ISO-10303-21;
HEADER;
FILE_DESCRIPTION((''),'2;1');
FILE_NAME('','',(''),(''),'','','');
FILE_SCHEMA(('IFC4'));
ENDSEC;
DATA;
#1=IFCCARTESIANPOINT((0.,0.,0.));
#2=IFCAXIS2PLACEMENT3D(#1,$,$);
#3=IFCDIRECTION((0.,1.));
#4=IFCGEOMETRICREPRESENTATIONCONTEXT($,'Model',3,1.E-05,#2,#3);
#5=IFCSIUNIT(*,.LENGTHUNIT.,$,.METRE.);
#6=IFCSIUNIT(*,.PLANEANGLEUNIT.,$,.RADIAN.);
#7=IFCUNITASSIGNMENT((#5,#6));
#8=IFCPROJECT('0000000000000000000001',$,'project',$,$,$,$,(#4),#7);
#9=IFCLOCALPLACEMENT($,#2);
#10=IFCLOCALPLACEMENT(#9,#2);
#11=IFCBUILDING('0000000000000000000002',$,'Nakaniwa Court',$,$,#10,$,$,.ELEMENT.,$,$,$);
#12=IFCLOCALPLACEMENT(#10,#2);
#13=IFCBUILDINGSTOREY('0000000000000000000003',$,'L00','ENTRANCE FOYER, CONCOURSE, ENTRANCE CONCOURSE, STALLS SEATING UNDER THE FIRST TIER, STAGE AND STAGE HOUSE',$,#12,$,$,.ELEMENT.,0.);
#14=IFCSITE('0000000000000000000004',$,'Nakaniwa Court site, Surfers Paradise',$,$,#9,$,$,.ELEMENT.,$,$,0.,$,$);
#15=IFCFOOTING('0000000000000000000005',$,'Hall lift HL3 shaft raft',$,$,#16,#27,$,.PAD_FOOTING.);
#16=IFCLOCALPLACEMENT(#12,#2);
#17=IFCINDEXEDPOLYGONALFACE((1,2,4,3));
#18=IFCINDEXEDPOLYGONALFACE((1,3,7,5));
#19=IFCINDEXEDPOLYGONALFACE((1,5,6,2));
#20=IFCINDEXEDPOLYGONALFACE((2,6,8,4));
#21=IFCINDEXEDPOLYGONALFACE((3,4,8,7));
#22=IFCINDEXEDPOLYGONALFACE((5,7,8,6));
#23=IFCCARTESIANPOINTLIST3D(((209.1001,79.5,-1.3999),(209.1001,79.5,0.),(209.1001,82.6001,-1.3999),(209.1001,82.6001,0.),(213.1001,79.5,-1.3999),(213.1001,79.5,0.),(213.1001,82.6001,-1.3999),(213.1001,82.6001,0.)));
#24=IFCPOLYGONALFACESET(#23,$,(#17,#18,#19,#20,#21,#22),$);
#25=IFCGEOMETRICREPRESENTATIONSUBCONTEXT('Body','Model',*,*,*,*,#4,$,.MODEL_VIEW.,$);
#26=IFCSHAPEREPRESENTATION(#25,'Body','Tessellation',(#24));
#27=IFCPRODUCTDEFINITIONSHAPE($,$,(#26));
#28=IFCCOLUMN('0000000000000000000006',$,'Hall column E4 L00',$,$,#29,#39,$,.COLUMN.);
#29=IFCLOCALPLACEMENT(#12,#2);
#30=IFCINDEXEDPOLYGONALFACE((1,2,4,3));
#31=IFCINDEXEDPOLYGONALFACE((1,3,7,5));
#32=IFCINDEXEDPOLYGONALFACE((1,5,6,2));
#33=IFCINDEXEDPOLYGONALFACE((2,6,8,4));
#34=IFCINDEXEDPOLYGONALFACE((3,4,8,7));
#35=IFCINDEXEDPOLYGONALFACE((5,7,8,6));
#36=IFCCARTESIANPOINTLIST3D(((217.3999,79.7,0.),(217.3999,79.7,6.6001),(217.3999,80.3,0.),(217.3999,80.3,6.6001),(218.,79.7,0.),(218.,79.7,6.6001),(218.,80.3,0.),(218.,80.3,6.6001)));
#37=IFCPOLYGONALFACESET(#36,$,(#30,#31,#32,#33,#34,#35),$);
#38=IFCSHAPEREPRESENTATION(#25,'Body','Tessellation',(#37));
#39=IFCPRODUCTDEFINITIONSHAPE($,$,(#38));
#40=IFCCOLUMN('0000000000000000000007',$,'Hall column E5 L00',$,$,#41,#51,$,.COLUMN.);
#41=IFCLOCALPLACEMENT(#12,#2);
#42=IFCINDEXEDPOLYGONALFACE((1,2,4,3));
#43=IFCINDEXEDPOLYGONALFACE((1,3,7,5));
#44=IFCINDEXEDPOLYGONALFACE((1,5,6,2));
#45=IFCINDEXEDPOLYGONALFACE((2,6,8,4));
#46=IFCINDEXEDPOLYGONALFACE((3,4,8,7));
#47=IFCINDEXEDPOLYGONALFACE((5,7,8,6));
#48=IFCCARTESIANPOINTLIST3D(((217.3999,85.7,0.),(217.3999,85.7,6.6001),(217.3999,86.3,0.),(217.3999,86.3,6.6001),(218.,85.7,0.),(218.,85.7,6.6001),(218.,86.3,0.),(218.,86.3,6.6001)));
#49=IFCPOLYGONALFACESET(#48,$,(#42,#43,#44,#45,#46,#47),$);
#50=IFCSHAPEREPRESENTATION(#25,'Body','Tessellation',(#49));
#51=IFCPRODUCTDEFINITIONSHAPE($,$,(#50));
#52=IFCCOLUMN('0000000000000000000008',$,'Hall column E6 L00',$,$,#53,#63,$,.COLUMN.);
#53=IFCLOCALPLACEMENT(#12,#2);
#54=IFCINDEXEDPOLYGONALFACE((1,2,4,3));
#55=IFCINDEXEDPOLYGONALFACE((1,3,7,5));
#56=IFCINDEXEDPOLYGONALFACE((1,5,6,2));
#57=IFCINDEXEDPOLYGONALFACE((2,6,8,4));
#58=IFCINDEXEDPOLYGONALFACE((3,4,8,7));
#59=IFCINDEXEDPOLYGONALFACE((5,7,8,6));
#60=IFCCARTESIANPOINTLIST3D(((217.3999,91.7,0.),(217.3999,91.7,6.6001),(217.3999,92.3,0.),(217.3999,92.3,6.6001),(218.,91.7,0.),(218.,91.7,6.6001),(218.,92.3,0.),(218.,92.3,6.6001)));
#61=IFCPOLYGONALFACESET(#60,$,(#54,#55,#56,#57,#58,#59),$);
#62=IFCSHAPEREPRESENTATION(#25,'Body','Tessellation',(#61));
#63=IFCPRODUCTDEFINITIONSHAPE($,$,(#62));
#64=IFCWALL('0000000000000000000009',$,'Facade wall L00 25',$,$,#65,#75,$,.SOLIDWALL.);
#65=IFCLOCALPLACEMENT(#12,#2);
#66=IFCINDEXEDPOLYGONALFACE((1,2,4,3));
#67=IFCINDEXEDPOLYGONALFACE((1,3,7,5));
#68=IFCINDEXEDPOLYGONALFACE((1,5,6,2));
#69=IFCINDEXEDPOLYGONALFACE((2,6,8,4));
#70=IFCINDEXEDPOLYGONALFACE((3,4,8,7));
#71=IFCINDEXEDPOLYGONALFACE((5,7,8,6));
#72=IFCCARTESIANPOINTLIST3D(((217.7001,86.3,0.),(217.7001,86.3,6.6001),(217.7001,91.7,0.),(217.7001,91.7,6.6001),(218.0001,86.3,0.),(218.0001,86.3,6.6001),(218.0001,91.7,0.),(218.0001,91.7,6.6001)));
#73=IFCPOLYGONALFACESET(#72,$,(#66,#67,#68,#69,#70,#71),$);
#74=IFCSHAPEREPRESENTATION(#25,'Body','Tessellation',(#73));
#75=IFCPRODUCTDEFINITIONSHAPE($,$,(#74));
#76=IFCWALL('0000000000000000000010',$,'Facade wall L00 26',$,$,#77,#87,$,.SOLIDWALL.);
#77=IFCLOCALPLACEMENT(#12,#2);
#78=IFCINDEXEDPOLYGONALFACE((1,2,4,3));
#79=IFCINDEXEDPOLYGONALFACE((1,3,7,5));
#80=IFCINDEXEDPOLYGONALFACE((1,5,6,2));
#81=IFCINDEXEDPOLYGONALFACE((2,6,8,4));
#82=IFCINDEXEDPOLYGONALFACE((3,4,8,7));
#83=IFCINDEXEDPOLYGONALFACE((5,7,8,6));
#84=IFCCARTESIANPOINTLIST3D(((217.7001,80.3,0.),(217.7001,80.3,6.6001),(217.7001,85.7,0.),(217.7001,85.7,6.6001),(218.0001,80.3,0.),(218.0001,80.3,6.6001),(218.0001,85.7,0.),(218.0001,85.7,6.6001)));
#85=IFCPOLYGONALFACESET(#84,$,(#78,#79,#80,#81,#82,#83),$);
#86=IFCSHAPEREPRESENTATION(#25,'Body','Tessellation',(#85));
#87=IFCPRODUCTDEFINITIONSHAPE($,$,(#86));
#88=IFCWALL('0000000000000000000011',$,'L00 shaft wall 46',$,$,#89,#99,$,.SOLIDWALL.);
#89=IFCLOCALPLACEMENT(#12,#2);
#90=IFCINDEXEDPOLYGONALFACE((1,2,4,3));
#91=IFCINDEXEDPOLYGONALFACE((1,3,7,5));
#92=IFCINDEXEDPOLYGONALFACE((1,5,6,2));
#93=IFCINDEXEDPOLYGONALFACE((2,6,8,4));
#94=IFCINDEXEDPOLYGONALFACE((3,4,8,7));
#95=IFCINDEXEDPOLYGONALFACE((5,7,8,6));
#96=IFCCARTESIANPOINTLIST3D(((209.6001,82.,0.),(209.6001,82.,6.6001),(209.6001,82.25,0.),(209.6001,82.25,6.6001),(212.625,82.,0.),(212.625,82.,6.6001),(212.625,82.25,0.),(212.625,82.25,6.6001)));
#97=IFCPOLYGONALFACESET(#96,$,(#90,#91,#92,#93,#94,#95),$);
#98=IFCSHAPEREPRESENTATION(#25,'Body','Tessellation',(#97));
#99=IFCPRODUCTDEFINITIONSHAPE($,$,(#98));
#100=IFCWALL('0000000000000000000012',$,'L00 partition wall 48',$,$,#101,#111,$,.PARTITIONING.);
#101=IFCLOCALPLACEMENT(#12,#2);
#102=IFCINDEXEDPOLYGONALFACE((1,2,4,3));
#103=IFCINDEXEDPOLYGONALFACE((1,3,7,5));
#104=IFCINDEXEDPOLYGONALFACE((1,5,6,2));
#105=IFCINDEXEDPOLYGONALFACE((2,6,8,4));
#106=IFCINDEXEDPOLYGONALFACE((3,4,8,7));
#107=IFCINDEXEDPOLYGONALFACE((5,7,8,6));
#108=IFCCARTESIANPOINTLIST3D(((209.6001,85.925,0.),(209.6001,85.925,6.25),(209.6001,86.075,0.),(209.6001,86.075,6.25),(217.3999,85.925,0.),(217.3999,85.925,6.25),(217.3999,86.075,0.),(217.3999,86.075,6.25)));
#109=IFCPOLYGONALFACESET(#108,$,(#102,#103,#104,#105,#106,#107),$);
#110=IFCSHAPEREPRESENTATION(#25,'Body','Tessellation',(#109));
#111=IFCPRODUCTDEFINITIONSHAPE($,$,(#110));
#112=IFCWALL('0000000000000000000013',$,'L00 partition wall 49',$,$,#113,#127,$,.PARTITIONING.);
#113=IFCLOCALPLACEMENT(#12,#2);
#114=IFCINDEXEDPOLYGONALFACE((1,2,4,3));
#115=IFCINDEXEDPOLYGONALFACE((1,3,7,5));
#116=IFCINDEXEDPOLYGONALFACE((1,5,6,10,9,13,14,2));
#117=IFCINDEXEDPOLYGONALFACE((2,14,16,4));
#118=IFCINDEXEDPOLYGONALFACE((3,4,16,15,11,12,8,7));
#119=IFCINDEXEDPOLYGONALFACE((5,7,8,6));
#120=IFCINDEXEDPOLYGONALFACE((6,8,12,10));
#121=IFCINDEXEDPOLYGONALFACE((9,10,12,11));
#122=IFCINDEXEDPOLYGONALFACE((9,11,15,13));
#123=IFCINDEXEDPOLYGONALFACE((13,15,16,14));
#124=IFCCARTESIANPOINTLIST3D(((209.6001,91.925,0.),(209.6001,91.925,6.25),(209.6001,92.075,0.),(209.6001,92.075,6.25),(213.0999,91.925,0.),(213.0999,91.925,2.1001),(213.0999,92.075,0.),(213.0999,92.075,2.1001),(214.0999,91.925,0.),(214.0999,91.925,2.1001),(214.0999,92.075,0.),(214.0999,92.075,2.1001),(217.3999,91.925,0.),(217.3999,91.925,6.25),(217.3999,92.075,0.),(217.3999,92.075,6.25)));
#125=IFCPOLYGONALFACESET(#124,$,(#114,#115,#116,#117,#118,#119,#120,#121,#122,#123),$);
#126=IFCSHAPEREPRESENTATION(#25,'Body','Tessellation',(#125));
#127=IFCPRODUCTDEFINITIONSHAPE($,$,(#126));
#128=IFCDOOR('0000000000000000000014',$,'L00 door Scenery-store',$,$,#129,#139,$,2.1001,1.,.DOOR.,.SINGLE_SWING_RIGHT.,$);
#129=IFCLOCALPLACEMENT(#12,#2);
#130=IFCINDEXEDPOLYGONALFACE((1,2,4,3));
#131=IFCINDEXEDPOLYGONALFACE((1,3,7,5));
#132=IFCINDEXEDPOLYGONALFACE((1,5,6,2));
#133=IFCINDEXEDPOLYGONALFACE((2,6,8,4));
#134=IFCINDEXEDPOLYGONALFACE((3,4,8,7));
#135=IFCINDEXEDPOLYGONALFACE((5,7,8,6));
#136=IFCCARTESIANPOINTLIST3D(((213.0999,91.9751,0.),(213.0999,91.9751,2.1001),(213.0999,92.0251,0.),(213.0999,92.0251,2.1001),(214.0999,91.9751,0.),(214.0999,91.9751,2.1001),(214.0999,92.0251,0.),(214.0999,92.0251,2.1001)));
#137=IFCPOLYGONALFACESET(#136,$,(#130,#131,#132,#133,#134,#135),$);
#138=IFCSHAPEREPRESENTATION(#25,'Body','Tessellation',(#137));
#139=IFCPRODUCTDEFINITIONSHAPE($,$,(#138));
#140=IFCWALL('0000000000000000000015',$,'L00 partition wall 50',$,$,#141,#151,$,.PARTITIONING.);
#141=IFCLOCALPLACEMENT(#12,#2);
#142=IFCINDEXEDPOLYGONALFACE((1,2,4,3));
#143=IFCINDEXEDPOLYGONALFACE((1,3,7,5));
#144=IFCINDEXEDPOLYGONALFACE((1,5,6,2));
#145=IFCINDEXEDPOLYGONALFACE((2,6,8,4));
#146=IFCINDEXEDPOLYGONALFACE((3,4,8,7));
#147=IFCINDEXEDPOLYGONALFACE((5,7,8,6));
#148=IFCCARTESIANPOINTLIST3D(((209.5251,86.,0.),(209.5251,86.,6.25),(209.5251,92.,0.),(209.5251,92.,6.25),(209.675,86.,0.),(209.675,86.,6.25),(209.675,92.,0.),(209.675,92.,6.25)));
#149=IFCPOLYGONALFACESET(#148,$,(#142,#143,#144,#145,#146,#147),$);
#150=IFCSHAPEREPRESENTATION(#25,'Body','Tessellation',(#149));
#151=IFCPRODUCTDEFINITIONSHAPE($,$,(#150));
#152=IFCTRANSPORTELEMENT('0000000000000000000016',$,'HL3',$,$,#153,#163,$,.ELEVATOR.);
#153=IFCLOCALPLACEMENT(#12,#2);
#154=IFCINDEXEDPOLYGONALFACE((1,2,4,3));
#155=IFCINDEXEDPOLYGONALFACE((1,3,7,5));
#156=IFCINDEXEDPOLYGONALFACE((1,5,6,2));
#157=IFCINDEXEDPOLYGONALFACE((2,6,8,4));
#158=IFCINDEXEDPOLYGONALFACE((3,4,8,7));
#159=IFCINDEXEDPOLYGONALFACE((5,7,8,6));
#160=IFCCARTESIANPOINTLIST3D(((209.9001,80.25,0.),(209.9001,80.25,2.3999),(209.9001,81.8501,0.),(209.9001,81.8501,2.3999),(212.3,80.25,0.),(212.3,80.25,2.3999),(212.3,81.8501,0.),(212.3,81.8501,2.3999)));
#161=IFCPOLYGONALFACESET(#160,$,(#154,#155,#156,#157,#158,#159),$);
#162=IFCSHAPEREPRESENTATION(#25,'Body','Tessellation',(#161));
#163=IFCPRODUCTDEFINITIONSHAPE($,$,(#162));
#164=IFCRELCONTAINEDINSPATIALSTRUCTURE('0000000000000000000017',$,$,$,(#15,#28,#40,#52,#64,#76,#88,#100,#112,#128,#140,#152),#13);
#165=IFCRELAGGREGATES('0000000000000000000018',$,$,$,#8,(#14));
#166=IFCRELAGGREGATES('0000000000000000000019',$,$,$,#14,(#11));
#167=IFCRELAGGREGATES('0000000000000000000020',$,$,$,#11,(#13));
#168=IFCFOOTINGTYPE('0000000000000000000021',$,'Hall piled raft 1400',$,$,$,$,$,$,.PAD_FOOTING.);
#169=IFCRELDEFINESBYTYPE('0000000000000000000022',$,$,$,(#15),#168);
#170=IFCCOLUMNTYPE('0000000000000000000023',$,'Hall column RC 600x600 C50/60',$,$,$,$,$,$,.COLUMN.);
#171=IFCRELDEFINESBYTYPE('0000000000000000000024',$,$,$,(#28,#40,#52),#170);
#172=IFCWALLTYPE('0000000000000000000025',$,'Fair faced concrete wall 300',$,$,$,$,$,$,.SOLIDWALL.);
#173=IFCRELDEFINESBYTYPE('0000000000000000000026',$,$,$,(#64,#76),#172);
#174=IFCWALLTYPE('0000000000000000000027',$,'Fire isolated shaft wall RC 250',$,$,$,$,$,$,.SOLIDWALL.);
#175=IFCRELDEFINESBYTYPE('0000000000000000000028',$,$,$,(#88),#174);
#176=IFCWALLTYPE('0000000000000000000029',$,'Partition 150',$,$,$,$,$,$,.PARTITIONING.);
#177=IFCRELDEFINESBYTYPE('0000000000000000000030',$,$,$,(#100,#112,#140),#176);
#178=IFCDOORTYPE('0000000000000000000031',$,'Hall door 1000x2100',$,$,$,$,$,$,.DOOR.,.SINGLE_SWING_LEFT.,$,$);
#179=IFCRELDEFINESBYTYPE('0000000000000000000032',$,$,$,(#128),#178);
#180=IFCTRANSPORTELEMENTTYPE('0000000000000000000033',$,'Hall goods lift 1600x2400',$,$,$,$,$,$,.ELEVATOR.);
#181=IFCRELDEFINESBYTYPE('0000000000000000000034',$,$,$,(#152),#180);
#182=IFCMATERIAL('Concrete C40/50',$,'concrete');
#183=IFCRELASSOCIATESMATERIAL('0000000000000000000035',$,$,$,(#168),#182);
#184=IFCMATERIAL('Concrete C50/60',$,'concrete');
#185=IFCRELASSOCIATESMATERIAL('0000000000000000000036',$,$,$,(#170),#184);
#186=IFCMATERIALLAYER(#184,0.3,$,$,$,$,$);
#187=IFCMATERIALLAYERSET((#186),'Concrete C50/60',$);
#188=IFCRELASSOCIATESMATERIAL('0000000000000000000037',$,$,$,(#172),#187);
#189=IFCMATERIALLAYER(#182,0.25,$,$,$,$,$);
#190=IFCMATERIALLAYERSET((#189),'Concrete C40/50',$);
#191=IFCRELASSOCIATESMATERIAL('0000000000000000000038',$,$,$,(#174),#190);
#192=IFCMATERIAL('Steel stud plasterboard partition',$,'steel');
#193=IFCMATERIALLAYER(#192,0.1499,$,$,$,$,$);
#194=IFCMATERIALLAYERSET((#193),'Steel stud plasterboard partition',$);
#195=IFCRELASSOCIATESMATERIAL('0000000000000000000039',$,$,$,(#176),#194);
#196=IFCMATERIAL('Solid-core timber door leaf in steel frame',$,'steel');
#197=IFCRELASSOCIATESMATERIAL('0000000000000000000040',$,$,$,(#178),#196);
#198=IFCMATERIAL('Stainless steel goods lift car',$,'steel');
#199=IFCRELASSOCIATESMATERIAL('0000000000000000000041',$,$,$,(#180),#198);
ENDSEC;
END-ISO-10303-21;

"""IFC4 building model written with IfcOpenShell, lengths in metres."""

from ifc_helpers import new_model, si_unit, direction, frame, frame_2d, origin, origin_2d, place, context, subcontext, project, spatial, rectangle, extrude, material, layer, layer_set, material_profile, profile_set, type_object, element, fill, save


model = new_model("IFC4")

# Units and contexts
model_context = context("Model", 3, precision=1e-05, world=origin(), true_north=direction((0.0, 1.0)))
body_context = subcontext(model_context, "Body", "Model", "MODEL_VIEW")
ifc_project = project(units=[si_unit("LENGTHUNIT", "METRE"), si_unit("PLANEANGLEUNIT", "RADIAN")], contexts=[model_context])

# Site, building, storey
site_placement = place(None, origin())
site = spatial("IfcSite", under=ifc_project, at=site_placement, Name="Nakaniwa Court site, Surfers Paradise", CompositionType="ELEMENT", RefElevation=0.0)
building_placement = place(site_placement, origin())
building = spatial("IfcBuilding", under=site, at=building_placement, Name="Nakaniwa Court", CompositionType="ELEMENT")
storey_placement = place(building_placement, origin())
storey = spatial("IfcBuildingStorey", under=building, at=storey_placement, Name="L00", Description="ENTRANCE FOYER, CONCOURSE, ENTRANCE CONCOURSE, STALLS SEATING UNDER THE FIRST TIER, STAGE AND STAGE HOUSE", CompositionType="ELEMENT", Elevation=0.0)

# Shared definitions
ifc_material_1 = material(Name="Concrete C40/50", Category="concrete")

# Footing
footing_type_1 = type_object("IfcFootingType", Name="Hall piled raft 1400", PredefinedType="PAD_FOOTING", material=ifc_material_1)
footing_placement = place(storey_placement, frame((211.1001, 81.05, -1.3999), z_axis=(0.0, 0.0, 1.0), x_axis=(1.0, 0.0, 0.0)))
element("IfcFooting", 1, at=footing_placement, inside=storey, type_object=footing_type_1, Name="Hall lift HL3 shaft raft", PredefinedType="PAD_FOOTING", context=body_context, shape_type="SweptSolid", body=[
    extrude(rectangle(XDim=4.0, YDim=3.1001, at=origin_2d()), origin(), (0.0, 0.0, 1.0), 1.3999),
])

# Columns
ifc_material_2 = material(Name="Concrete C50/60", Category="concrete")
ifc_material_profile_1 = material_profile(ifc_material_2, rectangle(XDim=0.6001, YDim=0.6001, at=origin_2d()), Name="RC 600x600")
ifc_profile_set_1 = profile_set([ifc_material_profile_1], Name="Concrete C50/60")
column_type = type_object("IfcColumnType", Name="Hall column RC 600x600 C50/60", PredefinedType="COLUMN", material=ifc_profile_set_1)
for number, where, z_axis, x_axis, name in (
    (2, (217.7, 80.0, 0.0), (0.0, 0.0, 1.0), (1.0, 0.0, 0.0), "Hall column E4 L00"),
    (3, (217.7, 86.0, 0.0), (0.0, 0.0, 1.0), (1.0, 0.0, 0.0), "Hall column E5 L00"),
    (4, (217.7, 92.0, 0.0), (0.0, 0.0, 1.0), (1.0, 0.0, 0.0), "Hall column E6 L00"),
):
    element("IfcColumn", number, at=place(storey_placement, frame(where, z_axis=z_axis, x_axis=x_axis)), inside=storey, type_object=column_type, Name=name, PredefinedType="COLUMN", context=body_context, shape_type="SweptSolid", body=[
        extrude(rectangle(XDim=0.6001, YDim=0.6001, at=origin_2d()), origin(), (0.0, 0.0, 1.0), 6.6001),
    ])

# Walls
ifc_layer_1 = layer(ifc_material_2, 0.3)
ifc_layer_set_1 = layer_set([ifc_layer_1], Name="Concrete C50/60")
wall_type_1 = type_object("IfcWallType", Name="Fair faced concrete wall 300", PredefinedType="SOLIDWALL", material=ifc_layer_set_1)
for number, where, z_axis, x_axis, name in (
    (5, (217.8501, 91.7, 0.0), (0.0, 0.0, 1.0), (0.0, -1.0, 0.0), "Facade wall L00 25"),
    (6, (217.8501, 85.7, 0.0), (0.0, 0.0, 1.0), (0.0, -1.0, 0.0), "Facade wall L00 26"),
):
    element("IfcWall", number, at=place(storey_placement, frame(where, z_axis=z_axis, x_axis=x_axis)), inside=storey, type_object=wall_type_1, Name=name, PredefinedType="SOLIDWALL", context=body_context, shape_type="SweptSolid", body=[
        extrude(rectangle(XDim=5.3999, YDim=0.3, at=frame_2d((2.7, 0.0))), origin(), (0.0, 0.0, 1.0), 6.6001),
    ])
ifc_layer_2 = layer(ifc_material_1, 0.25)
ifc_layer_set_2 = layer_set([ifc_layer_2], Name="Concrete C40/50")
wall_type_2 = type_object("IfcWallType", Name="Fire isolated shaft wall RC 250", PredefinedType="SOLIDWALL", material=ifc_layer_set_2)
wall_1_placement = place(storey_placement, frame((212.625, 82.125, 0.0), z_axis=(0.0, 0.0, 1.0), x_axis=(-1.0, 0.0, 0.0)))
element("IfcWall", 7, at=wall_1_placement, inside=storey, type_object=wall_type_2, Name="L00 shaft wall 46", PredefinedType="SOLIDWALL", context=body_context, shape_type="SweptSolid", body=[
    extrude(rectangle(XDim=3.0249, YDim=0.25, at=frame_2d((1.5125, 0.0))), origin(), (0.0, 0.0, 1.0), 6.6001),
])
ifc_material_3 = material(Name="Steel stud plasterboard partition", Category="steel")
ifc_layer_3 = layer(ifc_material_3, 0.1499)
ifc_layer_set_3 = layer_set([ifc_layer_3], Name="Steel stud plasterboard partition")
wall_type_3 = type_object("IfcWallType", Name="Partition 150", PredefinedType="PARTITIONING", material=ifc_layer_set_3)
wall_2_placement = place(storey_placement, frame((209.6001, 86.0, 0.0), z_axis=(0.0, 0.0, 1.0), x_axis=(1.0, 0.0, 0.0)))
element("IfcWall", 8, at=wall_2_placement, inside=storey, type_object=wall_type_3, Name="L00 partition wall 48", PredefinedType="PARTITIONING", context=body_context, shape_type="SweptSolid", body=[
    extrude(rectangle(XDim=7.7998, YDim=0.1499, at=frame_2d((3.8999, 0.0))), origin(), (0.0, 0.0, 1.0), 6.25),
])

# Wall, opening, door
wall_3_placement = place(storey_placement, frame((217.3999, 92.0, 0.0), z_axis=(0.0, 0.0, 1.0), x_axis=(-1.0, 0.0, 0.0)))
wall_3 = element("IfcWall", 9, at=wall_3_placement, inside=storey, type_object=wall_type_3, Name="L00 partition wall 49", PredefinedType="PARTITIONING", context=body_context, shape_type="SweptSolid", body=[
    extrude(rectangle(XDim=7.7998, YDim=0.1499, at=frame_2d((3.8999, 0.0))), origin(), (0.0, 0.0, 1.0), 6.25),
])
opening_placement = place(wall_3_placement, frame((3.3, 0.0, 0.0)))
opening = element("IfcOpeningElement", 10, at=opening_placement, cuts=wall_3, PredefinedType="OPENING", context=body_context, shape_type="SweptSolid", body=[
    extrude(rectangle(XDim=1.0, YDim=2.1001, at=frame_2d((0.5, 1.05))), frame((0.0, 0.085, 0.0), z_axis=(0.0, -1.0, 0.0), x_axis=(1.0, 0.0, 0.0)), (0.0, 0.0, 1.0), 0.1699),
])
ifc_material_4 = material(Name="Solid-core timber door leaf in steel frame", Category="steel")
door_type = type_object("IfcDoorType", Name="Hall door 1000x2100", OperationType="SINGLE_SWING_LEFT", PredefinedType="DOOR", material=ifc_material_4)
door_placement = place(opening_placement, origin())
door = element("IfcDoor", 11, at=door_placement, inside=storey, type_object=door_type, Name="L00 door Scenery-store", OperationType="SINGLE_SWING_RIGHT", OverallHeight=2.1001, OverallWidth=1.0, PredefinedType="DOOR", context=body_context, shape_type="SweptSolid", body=[
    extrude(rectangle(XDim=1.0, YDim=2.1001, at=frame_2d((0.5, 1.05))), frame((0.0, 0.0249, 0.0), z_axis=(0.0, -1.0, 0.0), x_axis=(1.0, 0.0, 0.0)), (0.0, 0.0, 1.0), 0.05),
])
fill(opening, door)

# Wall
wall_4_placement = place(storey_placement, frame((209.6001, 92.0, 0.0), z_axis=(0.0, 0.0, 1.0), x_axis=(0.0, -1.0, 0.0)))
element("IfcWall", 12, at=wall_4_placement, inside=storey, type_object=wall_type_3, Name="L00 partition wall 50", PredefinedType="PARTITIONING", context=body_context, shape_type="SweptSolid", body=[
    extrude(rectangle(XDim=6.0, YDim=0.1499, at=frame_2d((3.0, 0.0))), origin(), (0.0, 0.0, 1.0), 6.25),
])

# Transport element
ifc_material_5 = material(Name="Stainless steel goods lift car", Category="steel")
transport_element_type = type_object("IfcTransportElementType", Name="Hall goods lift 1600x2400", PredefinedType="ELEVATOR", material=ifc_material_5)
transport_element_placement = place(storey_placement, frame((211.1001, 81.05, 0.0), z_axis=(0.0, 0.0, 1.0), x_axis=(1.0, 0.0, 0.0)))
element("IfcTransportElement", 13, at=transport_element_placement, inside=storey, type_object=transport_element_type, Name="HL3", PredefinedType="ELEVATOR", context=body_context, shape_type="SweptSolid", body=[
    extrude(rectangle(XDim=2.3999, YDim=1.6001, at=origin_2d()), origin(), (0.0, 0.0, 1.0), 2.3999),
])

save(model, "model.ifc")
